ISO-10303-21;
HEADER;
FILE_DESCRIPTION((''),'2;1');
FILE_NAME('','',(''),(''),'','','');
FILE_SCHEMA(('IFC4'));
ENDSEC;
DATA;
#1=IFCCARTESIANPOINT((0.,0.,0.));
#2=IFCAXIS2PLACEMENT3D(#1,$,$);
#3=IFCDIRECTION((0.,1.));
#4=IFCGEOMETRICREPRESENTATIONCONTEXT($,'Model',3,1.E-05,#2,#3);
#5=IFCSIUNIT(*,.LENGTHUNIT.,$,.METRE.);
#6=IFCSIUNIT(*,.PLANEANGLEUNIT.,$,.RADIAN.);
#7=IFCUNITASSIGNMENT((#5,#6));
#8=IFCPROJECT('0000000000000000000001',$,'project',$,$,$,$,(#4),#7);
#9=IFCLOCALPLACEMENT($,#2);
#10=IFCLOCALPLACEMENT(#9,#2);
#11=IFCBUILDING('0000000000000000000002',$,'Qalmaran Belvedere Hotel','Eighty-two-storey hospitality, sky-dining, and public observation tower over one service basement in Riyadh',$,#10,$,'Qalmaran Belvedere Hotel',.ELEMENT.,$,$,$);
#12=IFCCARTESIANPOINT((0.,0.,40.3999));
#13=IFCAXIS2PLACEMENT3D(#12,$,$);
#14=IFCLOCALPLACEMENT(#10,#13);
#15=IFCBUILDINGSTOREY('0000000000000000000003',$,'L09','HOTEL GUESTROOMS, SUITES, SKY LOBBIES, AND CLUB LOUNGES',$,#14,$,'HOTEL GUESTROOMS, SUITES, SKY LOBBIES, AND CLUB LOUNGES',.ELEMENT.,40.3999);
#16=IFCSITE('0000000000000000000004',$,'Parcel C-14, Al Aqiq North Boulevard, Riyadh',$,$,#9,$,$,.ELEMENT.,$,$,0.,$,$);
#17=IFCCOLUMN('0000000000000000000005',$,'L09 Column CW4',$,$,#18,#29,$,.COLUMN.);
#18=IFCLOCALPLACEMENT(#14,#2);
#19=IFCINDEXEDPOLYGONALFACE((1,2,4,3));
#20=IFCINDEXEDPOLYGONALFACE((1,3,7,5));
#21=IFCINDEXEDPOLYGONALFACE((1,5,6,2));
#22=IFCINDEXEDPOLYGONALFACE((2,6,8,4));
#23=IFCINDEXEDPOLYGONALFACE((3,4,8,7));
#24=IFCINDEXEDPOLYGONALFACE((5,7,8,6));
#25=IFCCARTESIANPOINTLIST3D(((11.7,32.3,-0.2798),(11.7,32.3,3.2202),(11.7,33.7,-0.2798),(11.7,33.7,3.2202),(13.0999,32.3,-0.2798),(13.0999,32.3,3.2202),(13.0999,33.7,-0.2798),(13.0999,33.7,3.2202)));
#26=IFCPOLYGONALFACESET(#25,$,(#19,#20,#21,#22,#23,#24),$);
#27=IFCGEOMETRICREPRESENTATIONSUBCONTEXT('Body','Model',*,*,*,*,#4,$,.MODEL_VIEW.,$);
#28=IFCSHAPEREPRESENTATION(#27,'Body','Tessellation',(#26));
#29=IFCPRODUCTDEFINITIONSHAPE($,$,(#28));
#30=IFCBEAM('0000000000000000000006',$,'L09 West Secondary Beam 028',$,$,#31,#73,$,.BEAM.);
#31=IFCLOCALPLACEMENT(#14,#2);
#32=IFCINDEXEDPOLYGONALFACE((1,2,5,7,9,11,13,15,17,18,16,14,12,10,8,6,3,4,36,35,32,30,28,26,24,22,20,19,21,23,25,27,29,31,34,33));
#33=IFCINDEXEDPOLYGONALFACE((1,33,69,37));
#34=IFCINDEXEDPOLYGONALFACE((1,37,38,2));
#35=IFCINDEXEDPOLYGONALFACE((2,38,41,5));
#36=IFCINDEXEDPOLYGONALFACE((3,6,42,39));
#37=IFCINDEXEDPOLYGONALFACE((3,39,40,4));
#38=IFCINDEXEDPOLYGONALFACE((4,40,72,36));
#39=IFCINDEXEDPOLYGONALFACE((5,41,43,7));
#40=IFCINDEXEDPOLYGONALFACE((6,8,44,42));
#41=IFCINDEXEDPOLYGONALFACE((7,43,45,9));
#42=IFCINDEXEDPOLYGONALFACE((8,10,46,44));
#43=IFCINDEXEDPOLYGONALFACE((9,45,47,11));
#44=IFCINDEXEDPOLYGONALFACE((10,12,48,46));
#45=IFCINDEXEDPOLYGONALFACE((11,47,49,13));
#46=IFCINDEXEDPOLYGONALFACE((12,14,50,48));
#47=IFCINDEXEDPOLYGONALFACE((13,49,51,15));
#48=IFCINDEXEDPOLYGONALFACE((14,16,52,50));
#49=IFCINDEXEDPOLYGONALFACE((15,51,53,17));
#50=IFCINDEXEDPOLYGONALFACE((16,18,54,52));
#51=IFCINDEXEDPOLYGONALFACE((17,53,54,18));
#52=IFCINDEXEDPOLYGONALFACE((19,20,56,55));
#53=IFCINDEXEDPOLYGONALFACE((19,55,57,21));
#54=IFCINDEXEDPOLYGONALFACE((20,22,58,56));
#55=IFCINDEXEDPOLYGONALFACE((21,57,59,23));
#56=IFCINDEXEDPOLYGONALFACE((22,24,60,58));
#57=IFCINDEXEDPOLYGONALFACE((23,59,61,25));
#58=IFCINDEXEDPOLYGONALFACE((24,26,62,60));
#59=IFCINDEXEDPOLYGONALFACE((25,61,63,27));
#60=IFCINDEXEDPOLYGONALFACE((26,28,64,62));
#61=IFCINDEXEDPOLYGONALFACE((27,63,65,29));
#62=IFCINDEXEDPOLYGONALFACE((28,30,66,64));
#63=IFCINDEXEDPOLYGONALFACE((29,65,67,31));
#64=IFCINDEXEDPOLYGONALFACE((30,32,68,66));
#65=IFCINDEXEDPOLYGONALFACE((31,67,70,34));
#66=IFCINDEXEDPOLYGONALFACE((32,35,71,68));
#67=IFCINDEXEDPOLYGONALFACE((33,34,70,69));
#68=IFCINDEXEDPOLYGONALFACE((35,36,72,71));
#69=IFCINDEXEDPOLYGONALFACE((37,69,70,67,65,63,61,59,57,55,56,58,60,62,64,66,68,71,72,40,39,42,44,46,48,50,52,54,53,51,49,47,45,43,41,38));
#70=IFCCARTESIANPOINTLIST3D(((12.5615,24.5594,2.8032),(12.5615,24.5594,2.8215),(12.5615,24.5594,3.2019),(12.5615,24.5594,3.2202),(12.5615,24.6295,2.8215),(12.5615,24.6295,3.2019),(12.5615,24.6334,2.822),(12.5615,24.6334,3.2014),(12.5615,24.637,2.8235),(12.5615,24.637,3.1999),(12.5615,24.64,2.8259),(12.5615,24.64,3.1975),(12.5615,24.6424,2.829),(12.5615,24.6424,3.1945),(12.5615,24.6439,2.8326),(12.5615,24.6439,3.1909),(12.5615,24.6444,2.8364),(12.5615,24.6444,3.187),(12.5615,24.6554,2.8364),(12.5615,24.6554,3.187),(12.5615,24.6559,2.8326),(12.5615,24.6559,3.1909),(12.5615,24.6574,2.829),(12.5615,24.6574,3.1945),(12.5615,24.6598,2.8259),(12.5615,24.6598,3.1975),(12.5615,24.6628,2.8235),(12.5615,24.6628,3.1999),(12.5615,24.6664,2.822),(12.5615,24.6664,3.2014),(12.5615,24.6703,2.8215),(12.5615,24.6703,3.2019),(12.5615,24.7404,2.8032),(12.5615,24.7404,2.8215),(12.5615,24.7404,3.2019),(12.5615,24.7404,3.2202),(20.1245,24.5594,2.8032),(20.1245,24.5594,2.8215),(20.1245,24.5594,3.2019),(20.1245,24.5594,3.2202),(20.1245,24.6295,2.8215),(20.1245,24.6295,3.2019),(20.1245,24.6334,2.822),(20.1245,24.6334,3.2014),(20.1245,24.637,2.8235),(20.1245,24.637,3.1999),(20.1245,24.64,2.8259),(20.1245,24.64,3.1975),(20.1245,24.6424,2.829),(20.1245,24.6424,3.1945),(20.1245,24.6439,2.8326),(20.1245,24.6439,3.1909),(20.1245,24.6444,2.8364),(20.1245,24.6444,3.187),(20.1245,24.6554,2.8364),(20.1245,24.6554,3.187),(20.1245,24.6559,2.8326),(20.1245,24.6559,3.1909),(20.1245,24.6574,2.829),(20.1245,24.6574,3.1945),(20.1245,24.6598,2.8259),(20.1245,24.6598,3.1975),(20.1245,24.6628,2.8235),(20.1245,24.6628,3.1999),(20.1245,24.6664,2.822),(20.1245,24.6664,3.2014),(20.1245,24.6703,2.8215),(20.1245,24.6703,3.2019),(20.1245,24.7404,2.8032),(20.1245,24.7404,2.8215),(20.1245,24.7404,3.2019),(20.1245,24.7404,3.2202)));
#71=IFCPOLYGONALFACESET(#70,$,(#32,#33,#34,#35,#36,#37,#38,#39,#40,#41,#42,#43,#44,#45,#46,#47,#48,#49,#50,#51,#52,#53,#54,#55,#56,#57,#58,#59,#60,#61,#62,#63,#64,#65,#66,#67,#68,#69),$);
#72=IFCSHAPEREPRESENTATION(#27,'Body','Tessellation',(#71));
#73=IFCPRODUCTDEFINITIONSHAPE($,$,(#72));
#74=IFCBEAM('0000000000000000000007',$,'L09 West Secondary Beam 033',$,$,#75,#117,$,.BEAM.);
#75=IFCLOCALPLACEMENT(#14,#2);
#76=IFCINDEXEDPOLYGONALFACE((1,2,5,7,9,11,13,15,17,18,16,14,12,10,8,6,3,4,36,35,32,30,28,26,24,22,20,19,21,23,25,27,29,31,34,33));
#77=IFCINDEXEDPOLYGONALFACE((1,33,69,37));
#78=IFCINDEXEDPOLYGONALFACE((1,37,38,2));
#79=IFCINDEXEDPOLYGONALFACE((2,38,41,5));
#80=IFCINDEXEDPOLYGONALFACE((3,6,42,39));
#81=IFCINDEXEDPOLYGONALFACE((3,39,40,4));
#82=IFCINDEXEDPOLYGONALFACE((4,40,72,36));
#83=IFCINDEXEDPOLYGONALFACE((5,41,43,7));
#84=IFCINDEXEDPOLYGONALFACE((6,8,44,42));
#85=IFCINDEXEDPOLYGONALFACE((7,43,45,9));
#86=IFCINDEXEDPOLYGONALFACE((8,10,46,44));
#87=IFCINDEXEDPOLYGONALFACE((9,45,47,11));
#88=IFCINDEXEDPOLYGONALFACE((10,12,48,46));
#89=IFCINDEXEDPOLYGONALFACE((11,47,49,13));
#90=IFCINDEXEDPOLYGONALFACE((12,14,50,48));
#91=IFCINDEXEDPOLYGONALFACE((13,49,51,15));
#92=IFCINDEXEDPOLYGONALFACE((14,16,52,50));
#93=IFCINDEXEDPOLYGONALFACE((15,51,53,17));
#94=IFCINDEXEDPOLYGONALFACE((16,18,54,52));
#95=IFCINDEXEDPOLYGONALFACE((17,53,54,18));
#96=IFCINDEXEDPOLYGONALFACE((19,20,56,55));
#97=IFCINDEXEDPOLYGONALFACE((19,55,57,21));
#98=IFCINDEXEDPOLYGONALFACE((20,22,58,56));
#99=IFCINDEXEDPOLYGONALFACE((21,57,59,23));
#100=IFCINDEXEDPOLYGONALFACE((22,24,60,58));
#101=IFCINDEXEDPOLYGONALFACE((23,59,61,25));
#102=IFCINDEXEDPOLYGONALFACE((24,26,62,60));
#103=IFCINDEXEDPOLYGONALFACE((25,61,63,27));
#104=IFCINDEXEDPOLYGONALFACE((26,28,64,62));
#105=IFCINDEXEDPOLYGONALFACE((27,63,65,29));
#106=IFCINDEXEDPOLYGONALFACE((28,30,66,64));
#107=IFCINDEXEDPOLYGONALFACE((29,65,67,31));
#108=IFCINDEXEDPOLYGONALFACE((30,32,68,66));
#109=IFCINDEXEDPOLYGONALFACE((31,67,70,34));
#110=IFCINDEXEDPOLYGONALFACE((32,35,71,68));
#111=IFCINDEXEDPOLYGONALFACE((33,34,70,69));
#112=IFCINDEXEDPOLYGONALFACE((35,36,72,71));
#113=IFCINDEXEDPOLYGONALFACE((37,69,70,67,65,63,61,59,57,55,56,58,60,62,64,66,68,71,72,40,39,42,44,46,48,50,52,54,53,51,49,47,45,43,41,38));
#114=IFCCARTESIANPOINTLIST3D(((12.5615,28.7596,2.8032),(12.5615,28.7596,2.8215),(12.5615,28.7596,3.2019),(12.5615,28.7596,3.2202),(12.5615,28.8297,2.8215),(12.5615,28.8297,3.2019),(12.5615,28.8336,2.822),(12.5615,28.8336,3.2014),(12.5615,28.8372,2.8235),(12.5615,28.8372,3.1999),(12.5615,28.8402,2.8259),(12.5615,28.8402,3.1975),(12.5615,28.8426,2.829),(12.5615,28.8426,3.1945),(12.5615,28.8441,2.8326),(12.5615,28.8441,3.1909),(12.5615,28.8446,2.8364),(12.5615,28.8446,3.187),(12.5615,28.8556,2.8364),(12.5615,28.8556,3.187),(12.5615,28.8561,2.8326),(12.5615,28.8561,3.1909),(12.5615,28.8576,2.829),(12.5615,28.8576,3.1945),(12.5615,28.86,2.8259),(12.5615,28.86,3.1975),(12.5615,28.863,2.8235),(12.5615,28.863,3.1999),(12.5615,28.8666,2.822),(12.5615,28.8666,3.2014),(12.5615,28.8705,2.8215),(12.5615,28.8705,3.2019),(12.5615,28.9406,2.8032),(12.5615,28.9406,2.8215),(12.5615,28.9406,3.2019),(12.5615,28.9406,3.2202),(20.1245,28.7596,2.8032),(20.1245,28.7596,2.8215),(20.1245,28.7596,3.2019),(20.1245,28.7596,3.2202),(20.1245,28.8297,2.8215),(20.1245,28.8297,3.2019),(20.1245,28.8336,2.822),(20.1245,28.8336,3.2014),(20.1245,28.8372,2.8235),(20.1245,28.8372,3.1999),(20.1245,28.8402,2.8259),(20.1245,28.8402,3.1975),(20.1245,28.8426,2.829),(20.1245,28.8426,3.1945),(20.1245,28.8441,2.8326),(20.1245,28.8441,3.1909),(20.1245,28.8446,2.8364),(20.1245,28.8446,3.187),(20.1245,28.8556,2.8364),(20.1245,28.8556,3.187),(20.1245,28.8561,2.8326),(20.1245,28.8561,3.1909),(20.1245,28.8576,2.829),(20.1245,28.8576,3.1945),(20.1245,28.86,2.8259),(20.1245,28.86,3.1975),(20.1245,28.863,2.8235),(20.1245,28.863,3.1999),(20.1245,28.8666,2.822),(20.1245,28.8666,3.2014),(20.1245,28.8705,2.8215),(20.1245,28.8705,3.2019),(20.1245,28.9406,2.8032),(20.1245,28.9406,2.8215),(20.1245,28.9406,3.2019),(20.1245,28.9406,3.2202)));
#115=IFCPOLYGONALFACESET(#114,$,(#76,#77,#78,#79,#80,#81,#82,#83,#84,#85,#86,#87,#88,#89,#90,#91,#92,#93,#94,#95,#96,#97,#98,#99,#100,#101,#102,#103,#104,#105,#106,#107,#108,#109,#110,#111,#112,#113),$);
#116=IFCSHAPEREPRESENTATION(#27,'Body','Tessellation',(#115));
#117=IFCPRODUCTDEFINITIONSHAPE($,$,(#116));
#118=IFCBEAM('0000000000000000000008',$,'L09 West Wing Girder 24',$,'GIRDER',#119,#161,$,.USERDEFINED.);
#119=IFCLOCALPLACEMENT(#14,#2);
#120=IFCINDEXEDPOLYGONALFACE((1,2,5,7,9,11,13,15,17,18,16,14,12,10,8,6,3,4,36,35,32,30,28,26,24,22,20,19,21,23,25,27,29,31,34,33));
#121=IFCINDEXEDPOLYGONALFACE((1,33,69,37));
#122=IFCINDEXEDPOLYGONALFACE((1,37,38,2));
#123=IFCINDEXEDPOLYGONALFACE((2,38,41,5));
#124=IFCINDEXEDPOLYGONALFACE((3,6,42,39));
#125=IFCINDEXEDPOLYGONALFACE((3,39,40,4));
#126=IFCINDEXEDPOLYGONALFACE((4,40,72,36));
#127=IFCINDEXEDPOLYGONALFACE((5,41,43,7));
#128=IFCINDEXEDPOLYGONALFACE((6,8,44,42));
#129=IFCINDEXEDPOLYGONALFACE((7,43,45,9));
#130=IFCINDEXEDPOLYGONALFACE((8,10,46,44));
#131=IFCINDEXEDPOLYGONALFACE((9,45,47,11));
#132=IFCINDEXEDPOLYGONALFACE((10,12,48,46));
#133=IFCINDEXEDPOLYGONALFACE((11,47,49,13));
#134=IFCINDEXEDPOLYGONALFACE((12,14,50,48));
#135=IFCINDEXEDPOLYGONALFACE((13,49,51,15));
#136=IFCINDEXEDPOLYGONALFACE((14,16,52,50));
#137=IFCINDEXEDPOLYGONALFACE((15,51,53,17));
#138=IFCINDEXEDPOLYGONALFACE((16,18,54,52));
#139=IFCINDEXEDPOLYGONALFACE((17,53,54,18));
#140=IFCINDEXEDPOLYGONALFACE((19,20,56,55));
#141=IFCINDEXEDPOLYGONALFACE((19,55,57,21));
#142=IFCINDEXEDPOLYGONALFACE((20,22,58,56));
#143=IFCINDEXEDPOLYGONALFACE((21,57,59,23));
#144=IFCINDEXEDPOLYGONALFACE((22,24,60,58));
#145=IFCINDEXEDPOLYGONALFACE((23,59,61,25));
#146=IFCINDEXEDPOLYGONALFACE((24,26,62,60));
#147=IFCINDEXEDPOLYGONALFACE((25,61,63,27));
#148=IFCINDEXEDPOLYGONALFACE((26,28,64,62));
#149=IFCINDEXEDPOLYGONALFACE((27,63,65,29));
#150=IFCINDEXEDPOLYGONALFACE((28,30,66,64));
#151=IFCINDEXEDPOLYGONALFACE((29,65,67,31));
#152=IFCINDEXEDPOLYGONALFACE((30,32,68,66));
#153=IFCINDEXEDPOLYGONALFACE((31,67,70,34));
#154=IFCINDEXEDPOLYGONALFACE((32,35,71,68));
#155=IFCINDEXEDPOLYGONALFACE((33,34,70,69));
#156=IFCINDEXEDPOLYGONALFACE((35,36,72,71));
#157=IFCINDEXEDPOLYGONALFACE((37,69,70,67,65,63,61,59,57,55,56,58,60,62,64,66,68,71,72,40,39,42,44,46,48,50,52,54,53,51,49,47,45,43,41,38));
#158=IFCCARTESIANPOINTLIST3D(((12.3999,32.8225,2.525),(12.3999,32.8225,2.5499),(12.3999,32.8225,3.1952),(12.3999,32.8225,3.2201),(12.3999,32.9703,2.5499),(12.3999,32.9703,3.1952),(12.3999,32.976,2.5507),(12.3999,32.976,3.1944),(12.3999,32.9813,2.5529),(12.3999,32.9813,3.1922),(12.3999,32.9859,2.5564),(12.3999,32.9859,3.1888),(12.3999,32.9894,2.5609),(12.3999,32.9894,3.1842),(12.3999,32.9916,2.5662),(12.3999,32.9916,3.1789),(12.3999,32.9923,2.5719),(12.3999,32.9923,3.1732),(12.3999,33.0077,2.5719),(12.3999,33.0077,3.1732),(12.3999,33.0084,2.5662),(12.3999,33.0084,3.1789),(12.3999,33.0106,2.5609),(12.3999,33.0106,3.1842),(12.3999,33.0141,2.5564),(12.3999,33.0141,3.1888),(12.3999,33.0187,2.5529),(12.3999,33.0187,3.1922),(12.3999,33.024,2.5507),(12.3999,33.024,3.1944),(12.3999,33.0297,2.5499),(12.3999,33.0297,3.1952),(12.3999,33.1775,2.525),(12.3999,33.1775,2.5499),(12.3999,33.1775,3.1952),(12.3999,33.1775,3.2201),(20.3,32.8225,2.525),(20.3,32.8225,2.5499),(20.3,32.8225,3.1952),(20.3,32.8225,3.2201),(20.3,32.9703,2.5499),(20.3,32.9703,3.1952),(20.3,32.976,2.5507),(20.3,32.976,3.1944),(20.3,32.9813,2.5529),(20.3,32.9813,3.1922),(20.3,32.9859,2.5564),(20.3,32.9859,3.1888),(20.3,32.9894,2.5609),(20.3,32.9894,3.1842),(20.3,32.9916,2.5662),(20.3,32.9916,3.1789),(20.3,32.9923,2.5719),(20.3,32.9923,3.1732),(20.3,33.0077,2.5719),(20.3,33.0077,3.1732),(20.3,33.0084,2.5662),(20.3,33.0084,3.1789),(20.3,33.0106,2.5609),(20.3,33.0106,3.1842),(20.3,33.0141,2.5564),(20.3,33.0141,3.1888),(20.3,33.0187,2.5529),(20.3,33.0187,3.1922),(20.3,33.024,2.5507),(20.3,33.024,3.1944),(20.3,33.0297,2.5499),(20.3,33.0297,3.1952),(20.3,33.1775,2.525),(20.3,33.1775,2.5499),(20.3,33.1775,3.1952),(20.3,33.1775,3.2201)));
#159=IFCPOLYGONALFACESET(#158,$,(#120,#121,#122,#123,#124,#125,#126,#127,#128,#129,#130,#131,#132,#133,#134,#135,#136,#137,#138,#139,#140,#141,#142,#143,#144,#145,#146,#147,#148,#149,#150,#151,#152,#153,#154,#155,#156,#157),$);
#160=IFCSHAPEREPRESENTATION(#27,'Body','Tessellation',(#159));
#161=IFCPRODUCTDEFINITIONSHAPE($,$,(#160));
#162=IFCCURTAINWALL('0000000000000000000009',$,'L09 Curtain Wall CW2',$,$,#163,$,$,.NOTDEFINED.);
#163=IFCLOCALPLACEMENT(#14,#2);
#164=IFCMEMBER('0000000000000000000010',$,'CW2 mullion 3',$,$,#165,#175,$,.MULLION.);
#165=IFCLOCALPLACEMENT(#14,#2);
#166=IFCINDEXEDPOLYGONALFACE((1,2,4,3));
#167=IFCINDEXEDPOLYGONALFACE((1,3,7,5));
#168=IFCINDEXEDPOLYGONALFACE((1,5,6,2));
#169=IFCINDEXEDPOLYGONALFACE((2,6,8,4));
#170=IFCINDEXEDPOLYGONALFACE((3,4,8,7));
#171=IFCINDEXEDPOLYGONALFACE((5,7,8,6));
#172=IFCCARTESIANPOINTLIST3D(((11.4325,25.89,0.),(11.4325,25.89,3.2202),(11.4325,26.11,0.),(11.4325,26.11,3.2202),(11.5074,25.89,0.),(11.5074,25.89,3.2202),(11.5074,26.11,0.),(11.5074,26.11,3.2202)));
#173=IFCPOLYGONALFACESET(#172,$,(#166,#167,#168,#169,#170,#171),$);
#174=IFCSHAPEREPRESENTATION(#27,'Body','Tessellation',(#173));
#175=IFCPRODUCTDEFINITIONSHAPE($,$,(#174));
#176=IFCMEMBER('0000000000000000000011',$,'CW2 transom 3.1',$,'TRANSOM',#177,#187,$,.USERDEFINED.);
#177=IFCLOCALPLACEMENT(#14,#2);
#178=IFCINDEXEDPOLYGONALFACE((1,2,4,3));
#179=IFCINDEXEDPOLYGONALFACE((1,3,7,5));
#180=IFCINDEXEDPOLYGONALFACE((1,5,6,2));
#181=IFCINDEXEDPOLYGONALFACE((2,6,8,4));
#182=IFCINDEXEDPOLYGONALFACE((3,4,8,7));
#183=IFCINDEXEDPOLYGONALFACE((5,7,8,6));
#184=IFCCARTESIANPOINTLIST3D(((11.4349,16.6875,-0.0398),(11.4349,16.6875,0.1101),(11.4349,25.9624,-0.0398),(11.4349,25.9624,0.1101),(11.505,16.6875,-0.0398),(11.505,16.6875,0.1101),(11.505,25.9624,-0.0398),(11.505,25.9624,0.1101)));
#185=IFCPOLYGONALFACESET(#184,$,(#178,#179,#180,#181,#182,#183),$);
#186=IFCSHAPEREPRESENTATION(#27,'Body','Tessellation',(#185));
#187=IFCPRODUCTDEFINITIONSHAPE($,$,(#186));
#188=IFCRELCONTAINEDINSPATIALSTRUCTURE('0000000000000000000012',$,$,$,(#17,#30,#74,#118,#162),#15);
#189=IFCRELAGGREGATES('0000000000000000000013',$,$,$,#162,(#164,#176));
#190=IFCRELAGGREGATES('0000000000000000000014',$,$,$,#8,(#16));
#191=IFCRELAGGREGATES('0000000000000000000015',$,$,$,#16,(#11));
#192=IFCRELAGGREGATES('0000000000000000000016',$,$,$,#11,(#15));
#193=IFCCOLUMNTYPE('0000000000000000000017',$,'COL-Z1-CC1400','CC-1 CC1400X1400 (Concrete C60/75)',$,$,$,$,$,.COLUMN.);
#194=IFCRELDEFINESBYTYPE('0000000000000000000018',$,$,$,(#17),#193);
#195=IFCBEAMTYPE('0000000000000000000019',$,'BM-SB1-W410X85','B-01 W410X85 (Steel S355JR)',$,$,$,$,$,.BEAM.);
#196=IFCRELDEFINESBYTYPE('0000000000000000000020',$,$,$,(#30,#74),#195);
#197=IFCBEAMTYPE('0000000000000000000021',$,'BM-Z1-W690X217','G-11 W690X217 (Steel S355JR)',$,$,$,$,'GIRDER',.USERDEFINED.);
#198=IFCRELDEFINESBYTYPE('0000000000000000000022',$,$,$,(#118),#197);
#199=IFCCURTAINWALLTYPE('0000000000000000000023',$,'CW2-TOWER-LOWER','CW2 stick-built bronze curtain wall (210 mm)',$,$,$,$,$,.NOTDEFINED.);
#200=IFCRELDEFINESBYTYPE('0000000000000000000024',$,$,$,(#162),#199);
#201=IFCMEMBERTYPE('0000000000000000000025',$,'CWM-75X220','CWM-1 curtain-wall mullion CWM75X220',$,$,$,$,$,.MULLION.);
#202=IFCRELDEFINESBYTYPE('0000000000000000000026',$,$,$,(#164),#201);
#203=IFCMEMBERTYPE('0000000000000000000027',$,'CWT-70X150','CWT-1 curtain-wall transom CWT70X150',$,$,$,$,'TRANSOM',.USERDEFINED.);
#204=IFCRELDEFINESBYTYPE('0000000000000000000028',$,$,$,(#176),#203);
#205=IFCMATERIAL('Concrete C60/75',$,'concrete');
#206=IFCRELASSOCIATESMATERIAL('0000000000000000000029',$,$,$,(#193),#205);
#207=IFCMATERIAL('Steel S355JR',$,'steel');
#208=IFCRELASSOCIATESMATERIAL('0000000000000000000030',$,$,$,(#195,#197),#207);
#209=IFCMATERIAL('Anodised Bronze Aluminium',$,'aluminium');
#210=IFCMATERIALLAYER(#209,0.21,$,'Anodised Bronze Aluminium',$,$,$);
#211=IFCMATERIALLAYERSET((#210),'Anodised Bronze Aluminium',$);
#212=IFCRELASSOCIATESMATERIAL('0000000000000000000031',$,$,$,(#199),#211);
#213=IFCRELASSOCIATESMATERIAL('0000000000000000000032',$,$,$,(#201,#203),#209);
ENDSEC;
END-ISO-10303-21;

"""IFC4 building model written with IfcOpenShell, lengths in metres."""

from ifc_helpers import new_model, si_unit, direction, frame, origin, origin_2d, place, context, subcontext, project, spatial, rectangle, i_section, extrude, material, layer, layer_set, material_profile, profile_set, type_object, element, aggregate, save


model = new_model("IFC4")

# Units and contexts
model_context = context("Model", 3, precision=1e-05, world=origin(), true_north=direction((0.0, 1.0)))
body_context = subcontext(model_context, "Body", "Model", "MODEL_VIEW")
ifc_project = project(units=[si_unit("LENGTHUNIT", "METRE"), si_unit("PLANEANGLEUNIT", "RADIAN")], contexts=[model_context])

# Site, building, storey
site_placement = place(None, origin())
site = spatial("IfcSite", under=ifc_project, at=site_placement, Name="Parcel C-14, Al Aqiq North Boulevard, Riyadh", CompositionType="ELEMENT", RefElevation=0.0)
building_placement = place(site_placement, origin())
building = spatial("IfcBuilding", under=site, at=building_placement, Name="Qalmaran Belvedere Hotel", Description="Eighty-two-storey hospitality, sky-dining, and public observation tower over one service basement in Riyadh", LongName="Qalmaran Belvedere Hotel", CompositionType="ELEMENT")
storey_placement = place(building_placement, frame((0.0, 0.0, 40.3999)))
storey = spatial("IfcBuildingStorey", under=building, at=storey_placement, Name="L09", Description="HOTEL GUESTROOMS, SUITES, SKY LOBBIES, AND CLUB LOUNGES", LongName="HOTEL GUESTROOMS, SUITES, SKY LOBBIES, AND CLUB LOUNGES", CompositionType="ELEMENT", Elevation=40.3999)

# Column
ifc_material_1 = material(Name="Concrete C60/75", Category="concrete")
ifc_material_profile_1 = material_profile(ifc_material_1, rectangle(XDim=1.3999, YDim=1.3999, at=origin_2d()), Name="CC1400X1400")
ifc_profile_set_1 = profile_set([ifc_material_profile_1], Name="Concrete C60/75")
column_type = type_object("IfcColumnType", Name="COL-Z1-CC1400", Description="CC-1 CC1400X1400 (Concrete C60/75)", PredefinedType="COLUMN", material=ifc_profile_set_1)
column_placement = place(storey_placement, frame((12.3999, 33.0, -0.2798), z_axis=(0.0, 0.0, 1.0), x_axis=(1.0, 0.0, 0.0)))
element("IfcColumn", 1, at=column_placement, inside=storey, type_object=column_type, Name="L09 Column CW4", PredefinedType="COLUMN", context=body_context, shape_type="SweptSolid", body=[
    extrude(rectangle(XDim=1.3999, YDim=1.3999, at=origin_2d()), origin(), (0.0, 0.0, 1.0), 3.5),
])

# Beams
ifc_material_2 = material(Name="Steel S355JR", Category="steel")
ifc_material_profile_2 = material_profile(ifc_material_2, i_section(OverallWidth=0.1809, OverallDepth=0.417, WebThickness=0.011, FlangeThickness=0.0183, FilletRadius=0.0149, at=origin_2d()), Name="W410X85")
ifc_profile_set_2 = profile_set([ifc_material_profile_2], Name="Steel S355JR")
beam_type_1 = type_object("IfcBeamType", Name="BM-SB1-W410X85", Description="B-01 W410X85 (Steel S355JR)", PredefinedType="BEAM", material=ifc_profile_set_2)
for number, where, z_axis, x_axis, name in (
    (2, (12.5615, 24.6499, 3.0117), (1.0, 0.0, 0.0), (0.0, 1.0, 0.0), "L09 West Secondary Beam 028"),
    (3, (12.5615, 28.8501, 3.0117), (1.0, 0.0, 0.0), (0.0, 1.0, 0.0), "L09 West Secondary Beam 033"),
):
    element("IfcBeam", number, at=place(storey_placement, frame(where, z_axis=z_axis, x_axis=x_axis)), inside=storey, type_object=beam_type_1, Name=name, PredefinedType="BEAM", context=body_context, shape_type="SweptSolid", body=[
        extrude(i_section(OverallWidth=0.1809, OverallDepth=0.417, WebThickness=0.011, FlangeThickness=0.0183, FilletRadius=0.0149, at=origin_2d()), origin(), (0.0, 0.0, 1.0), 7.563),
    ])
ifc_material_profile_3 = material_profile(ifc_material_2, i_section(OverallWidth=0.355, OverallDepth=0.6951, WebThickness=0.0154, FlangeThickness=0.0249, FilletRadius=0.022, at=origin_2d()), Name="W690X217")
ifc_profile_set_3 = profile_set([ifc_material_profile_3], Name="Steel S355JR")
beam_type_2 = type_object("IfcBeamType", Name="BM-Z1-W690X217", Description="G-11 W690X217 (Steel S355JR)", ElementType="GIRDER", PredefinedType="USERDEFINED", material=ifc_profile_set_3)
beam_placement = place(storey_placement, frame((12.3999, 33.0, 2.8726), z_axis=(1.0, 0.0, 0.0), x_axis=(0.0, 1.0, 0.0)))
element("IfcBeam", 4, at=beam_placement, inside=storey, type_object=beam_type_2, Name="L09 West Wing Girder 24", ObjectType="GIRDER", PredefinedType="USERDEFINED", context=body_context, shape_type="SweptSolid", body=[
    extrude(i_section(OverallWidth=0.355, OverallDepth=0.6951, WebThickness=0.0154, FlangeThickness=0.0249, FilletRadius=0.022, at=origin_2d()), origin(), (0.0, 0.0, 1.0), 7.9001),
])

# Curtain wall, members
ifc_material_3 = material(Name="Anodised Bronze Aluminium", Category="aluminium")
ifc_layer_1 = layer(ifc_material_3, 0.21, Name="Anodised Bronze Aluminium")
ifc_layer_set_1 = layer_set([ifc_layer_1], Name="Anodised Bronze Aluminium")
curtain_wall_type = type_object("IfcCurtainWallType", Name="CW2-TOWER-LOWER", Description="CW2 stick-built bronze curtain wall (210 mm)", PredefinedType="NOTDEFINED", material=ifc_layer_set_1)
curtain_wall_placement = place(storey_placement, origin())
curtain_wall = element("IfcCurtainWall", 5, at=curtain_wall_placement, inside=storey, type_object=curtain_wall_type, Name="L09 Curtain Wall CW2", PredefinedType="NOTDEFINED")
ifc_material_profile_4 = material_profile(ifc_material_3, rectangle(XDim=0.075, YDim=0.22, at=origin_2d()), Name="CWM75X220")
ifc_profile_set_4 = profile_set([ifc_material_profile_4], Name="Anodised Bronze Aluminium")
member_type_1 = type_object("IfcMemberType", Name="CWM-75X220", Description="CWM-1 curtain-wall mullion CWM75X220", PredefinedType="MULLION", material=ifc_profile_set_4)
member_1_placement = place(storey_placement, frame((11.47, 26.0, 0.0), z_axis=(0.0, 0.0, 1.0), x_axis=(1.0, 0.0, 0.0)))
member_1 = element("IfcMember", 6, at=member_1_placement, type_object=member_type_1, Name="CW2 mullion 3", PredefinedType="MULLION", context=body_context, shape_type="SweptSolid", body=[
    extrude(rectangle(XDim=0.075, YDim=0.22, at=origin_2d()), origin(), (0.0, 0.0, 1.0), 3.2202),
])
ifc_material_profile_5 = material_profile(ifc_material_3, rectangle(XDim=0.0701, YDim=0.1499, at=origin_2d()), Name="CWT70X150")
ifc_profile_set_5 = profile_set([ifc_material_profile_5], Name="Anodised Bronze Aluminium")
member_type_2 = type_object("IfcMemberType", Name="CWT-70X150", Description="CWT-1 curtain-wall transom CWT70X150", ElementType="TRANSOM", PredefinedType="USERDEFINED", material=ifc_profile_set_5)
member_2_placement = place(storey_placement, frame((11.47, 25.9624, 0.0352), z_axis=(0.0, -1.0, 0.0), x_axis=(1.0, 0.0, 0.0)))
member_2 = element("IfcMember", 7, at=member_2_placement, type_object=member_type_2, Name="CW2 transom 3.1", ObjectType="TRANSOM", PredefinedType="USERDEFINED", context=body_context, shape_type="SweptSolid", body=[
    extrude(rectangle(XDim=0.0701, YDim=0.1499, at=origin_2d()), origin(), (0.0, 0.0, 1.0), 9.2749),
])
aggregate(curtain_wall, [member_1, member_2])

save(model, "model.ifc")
